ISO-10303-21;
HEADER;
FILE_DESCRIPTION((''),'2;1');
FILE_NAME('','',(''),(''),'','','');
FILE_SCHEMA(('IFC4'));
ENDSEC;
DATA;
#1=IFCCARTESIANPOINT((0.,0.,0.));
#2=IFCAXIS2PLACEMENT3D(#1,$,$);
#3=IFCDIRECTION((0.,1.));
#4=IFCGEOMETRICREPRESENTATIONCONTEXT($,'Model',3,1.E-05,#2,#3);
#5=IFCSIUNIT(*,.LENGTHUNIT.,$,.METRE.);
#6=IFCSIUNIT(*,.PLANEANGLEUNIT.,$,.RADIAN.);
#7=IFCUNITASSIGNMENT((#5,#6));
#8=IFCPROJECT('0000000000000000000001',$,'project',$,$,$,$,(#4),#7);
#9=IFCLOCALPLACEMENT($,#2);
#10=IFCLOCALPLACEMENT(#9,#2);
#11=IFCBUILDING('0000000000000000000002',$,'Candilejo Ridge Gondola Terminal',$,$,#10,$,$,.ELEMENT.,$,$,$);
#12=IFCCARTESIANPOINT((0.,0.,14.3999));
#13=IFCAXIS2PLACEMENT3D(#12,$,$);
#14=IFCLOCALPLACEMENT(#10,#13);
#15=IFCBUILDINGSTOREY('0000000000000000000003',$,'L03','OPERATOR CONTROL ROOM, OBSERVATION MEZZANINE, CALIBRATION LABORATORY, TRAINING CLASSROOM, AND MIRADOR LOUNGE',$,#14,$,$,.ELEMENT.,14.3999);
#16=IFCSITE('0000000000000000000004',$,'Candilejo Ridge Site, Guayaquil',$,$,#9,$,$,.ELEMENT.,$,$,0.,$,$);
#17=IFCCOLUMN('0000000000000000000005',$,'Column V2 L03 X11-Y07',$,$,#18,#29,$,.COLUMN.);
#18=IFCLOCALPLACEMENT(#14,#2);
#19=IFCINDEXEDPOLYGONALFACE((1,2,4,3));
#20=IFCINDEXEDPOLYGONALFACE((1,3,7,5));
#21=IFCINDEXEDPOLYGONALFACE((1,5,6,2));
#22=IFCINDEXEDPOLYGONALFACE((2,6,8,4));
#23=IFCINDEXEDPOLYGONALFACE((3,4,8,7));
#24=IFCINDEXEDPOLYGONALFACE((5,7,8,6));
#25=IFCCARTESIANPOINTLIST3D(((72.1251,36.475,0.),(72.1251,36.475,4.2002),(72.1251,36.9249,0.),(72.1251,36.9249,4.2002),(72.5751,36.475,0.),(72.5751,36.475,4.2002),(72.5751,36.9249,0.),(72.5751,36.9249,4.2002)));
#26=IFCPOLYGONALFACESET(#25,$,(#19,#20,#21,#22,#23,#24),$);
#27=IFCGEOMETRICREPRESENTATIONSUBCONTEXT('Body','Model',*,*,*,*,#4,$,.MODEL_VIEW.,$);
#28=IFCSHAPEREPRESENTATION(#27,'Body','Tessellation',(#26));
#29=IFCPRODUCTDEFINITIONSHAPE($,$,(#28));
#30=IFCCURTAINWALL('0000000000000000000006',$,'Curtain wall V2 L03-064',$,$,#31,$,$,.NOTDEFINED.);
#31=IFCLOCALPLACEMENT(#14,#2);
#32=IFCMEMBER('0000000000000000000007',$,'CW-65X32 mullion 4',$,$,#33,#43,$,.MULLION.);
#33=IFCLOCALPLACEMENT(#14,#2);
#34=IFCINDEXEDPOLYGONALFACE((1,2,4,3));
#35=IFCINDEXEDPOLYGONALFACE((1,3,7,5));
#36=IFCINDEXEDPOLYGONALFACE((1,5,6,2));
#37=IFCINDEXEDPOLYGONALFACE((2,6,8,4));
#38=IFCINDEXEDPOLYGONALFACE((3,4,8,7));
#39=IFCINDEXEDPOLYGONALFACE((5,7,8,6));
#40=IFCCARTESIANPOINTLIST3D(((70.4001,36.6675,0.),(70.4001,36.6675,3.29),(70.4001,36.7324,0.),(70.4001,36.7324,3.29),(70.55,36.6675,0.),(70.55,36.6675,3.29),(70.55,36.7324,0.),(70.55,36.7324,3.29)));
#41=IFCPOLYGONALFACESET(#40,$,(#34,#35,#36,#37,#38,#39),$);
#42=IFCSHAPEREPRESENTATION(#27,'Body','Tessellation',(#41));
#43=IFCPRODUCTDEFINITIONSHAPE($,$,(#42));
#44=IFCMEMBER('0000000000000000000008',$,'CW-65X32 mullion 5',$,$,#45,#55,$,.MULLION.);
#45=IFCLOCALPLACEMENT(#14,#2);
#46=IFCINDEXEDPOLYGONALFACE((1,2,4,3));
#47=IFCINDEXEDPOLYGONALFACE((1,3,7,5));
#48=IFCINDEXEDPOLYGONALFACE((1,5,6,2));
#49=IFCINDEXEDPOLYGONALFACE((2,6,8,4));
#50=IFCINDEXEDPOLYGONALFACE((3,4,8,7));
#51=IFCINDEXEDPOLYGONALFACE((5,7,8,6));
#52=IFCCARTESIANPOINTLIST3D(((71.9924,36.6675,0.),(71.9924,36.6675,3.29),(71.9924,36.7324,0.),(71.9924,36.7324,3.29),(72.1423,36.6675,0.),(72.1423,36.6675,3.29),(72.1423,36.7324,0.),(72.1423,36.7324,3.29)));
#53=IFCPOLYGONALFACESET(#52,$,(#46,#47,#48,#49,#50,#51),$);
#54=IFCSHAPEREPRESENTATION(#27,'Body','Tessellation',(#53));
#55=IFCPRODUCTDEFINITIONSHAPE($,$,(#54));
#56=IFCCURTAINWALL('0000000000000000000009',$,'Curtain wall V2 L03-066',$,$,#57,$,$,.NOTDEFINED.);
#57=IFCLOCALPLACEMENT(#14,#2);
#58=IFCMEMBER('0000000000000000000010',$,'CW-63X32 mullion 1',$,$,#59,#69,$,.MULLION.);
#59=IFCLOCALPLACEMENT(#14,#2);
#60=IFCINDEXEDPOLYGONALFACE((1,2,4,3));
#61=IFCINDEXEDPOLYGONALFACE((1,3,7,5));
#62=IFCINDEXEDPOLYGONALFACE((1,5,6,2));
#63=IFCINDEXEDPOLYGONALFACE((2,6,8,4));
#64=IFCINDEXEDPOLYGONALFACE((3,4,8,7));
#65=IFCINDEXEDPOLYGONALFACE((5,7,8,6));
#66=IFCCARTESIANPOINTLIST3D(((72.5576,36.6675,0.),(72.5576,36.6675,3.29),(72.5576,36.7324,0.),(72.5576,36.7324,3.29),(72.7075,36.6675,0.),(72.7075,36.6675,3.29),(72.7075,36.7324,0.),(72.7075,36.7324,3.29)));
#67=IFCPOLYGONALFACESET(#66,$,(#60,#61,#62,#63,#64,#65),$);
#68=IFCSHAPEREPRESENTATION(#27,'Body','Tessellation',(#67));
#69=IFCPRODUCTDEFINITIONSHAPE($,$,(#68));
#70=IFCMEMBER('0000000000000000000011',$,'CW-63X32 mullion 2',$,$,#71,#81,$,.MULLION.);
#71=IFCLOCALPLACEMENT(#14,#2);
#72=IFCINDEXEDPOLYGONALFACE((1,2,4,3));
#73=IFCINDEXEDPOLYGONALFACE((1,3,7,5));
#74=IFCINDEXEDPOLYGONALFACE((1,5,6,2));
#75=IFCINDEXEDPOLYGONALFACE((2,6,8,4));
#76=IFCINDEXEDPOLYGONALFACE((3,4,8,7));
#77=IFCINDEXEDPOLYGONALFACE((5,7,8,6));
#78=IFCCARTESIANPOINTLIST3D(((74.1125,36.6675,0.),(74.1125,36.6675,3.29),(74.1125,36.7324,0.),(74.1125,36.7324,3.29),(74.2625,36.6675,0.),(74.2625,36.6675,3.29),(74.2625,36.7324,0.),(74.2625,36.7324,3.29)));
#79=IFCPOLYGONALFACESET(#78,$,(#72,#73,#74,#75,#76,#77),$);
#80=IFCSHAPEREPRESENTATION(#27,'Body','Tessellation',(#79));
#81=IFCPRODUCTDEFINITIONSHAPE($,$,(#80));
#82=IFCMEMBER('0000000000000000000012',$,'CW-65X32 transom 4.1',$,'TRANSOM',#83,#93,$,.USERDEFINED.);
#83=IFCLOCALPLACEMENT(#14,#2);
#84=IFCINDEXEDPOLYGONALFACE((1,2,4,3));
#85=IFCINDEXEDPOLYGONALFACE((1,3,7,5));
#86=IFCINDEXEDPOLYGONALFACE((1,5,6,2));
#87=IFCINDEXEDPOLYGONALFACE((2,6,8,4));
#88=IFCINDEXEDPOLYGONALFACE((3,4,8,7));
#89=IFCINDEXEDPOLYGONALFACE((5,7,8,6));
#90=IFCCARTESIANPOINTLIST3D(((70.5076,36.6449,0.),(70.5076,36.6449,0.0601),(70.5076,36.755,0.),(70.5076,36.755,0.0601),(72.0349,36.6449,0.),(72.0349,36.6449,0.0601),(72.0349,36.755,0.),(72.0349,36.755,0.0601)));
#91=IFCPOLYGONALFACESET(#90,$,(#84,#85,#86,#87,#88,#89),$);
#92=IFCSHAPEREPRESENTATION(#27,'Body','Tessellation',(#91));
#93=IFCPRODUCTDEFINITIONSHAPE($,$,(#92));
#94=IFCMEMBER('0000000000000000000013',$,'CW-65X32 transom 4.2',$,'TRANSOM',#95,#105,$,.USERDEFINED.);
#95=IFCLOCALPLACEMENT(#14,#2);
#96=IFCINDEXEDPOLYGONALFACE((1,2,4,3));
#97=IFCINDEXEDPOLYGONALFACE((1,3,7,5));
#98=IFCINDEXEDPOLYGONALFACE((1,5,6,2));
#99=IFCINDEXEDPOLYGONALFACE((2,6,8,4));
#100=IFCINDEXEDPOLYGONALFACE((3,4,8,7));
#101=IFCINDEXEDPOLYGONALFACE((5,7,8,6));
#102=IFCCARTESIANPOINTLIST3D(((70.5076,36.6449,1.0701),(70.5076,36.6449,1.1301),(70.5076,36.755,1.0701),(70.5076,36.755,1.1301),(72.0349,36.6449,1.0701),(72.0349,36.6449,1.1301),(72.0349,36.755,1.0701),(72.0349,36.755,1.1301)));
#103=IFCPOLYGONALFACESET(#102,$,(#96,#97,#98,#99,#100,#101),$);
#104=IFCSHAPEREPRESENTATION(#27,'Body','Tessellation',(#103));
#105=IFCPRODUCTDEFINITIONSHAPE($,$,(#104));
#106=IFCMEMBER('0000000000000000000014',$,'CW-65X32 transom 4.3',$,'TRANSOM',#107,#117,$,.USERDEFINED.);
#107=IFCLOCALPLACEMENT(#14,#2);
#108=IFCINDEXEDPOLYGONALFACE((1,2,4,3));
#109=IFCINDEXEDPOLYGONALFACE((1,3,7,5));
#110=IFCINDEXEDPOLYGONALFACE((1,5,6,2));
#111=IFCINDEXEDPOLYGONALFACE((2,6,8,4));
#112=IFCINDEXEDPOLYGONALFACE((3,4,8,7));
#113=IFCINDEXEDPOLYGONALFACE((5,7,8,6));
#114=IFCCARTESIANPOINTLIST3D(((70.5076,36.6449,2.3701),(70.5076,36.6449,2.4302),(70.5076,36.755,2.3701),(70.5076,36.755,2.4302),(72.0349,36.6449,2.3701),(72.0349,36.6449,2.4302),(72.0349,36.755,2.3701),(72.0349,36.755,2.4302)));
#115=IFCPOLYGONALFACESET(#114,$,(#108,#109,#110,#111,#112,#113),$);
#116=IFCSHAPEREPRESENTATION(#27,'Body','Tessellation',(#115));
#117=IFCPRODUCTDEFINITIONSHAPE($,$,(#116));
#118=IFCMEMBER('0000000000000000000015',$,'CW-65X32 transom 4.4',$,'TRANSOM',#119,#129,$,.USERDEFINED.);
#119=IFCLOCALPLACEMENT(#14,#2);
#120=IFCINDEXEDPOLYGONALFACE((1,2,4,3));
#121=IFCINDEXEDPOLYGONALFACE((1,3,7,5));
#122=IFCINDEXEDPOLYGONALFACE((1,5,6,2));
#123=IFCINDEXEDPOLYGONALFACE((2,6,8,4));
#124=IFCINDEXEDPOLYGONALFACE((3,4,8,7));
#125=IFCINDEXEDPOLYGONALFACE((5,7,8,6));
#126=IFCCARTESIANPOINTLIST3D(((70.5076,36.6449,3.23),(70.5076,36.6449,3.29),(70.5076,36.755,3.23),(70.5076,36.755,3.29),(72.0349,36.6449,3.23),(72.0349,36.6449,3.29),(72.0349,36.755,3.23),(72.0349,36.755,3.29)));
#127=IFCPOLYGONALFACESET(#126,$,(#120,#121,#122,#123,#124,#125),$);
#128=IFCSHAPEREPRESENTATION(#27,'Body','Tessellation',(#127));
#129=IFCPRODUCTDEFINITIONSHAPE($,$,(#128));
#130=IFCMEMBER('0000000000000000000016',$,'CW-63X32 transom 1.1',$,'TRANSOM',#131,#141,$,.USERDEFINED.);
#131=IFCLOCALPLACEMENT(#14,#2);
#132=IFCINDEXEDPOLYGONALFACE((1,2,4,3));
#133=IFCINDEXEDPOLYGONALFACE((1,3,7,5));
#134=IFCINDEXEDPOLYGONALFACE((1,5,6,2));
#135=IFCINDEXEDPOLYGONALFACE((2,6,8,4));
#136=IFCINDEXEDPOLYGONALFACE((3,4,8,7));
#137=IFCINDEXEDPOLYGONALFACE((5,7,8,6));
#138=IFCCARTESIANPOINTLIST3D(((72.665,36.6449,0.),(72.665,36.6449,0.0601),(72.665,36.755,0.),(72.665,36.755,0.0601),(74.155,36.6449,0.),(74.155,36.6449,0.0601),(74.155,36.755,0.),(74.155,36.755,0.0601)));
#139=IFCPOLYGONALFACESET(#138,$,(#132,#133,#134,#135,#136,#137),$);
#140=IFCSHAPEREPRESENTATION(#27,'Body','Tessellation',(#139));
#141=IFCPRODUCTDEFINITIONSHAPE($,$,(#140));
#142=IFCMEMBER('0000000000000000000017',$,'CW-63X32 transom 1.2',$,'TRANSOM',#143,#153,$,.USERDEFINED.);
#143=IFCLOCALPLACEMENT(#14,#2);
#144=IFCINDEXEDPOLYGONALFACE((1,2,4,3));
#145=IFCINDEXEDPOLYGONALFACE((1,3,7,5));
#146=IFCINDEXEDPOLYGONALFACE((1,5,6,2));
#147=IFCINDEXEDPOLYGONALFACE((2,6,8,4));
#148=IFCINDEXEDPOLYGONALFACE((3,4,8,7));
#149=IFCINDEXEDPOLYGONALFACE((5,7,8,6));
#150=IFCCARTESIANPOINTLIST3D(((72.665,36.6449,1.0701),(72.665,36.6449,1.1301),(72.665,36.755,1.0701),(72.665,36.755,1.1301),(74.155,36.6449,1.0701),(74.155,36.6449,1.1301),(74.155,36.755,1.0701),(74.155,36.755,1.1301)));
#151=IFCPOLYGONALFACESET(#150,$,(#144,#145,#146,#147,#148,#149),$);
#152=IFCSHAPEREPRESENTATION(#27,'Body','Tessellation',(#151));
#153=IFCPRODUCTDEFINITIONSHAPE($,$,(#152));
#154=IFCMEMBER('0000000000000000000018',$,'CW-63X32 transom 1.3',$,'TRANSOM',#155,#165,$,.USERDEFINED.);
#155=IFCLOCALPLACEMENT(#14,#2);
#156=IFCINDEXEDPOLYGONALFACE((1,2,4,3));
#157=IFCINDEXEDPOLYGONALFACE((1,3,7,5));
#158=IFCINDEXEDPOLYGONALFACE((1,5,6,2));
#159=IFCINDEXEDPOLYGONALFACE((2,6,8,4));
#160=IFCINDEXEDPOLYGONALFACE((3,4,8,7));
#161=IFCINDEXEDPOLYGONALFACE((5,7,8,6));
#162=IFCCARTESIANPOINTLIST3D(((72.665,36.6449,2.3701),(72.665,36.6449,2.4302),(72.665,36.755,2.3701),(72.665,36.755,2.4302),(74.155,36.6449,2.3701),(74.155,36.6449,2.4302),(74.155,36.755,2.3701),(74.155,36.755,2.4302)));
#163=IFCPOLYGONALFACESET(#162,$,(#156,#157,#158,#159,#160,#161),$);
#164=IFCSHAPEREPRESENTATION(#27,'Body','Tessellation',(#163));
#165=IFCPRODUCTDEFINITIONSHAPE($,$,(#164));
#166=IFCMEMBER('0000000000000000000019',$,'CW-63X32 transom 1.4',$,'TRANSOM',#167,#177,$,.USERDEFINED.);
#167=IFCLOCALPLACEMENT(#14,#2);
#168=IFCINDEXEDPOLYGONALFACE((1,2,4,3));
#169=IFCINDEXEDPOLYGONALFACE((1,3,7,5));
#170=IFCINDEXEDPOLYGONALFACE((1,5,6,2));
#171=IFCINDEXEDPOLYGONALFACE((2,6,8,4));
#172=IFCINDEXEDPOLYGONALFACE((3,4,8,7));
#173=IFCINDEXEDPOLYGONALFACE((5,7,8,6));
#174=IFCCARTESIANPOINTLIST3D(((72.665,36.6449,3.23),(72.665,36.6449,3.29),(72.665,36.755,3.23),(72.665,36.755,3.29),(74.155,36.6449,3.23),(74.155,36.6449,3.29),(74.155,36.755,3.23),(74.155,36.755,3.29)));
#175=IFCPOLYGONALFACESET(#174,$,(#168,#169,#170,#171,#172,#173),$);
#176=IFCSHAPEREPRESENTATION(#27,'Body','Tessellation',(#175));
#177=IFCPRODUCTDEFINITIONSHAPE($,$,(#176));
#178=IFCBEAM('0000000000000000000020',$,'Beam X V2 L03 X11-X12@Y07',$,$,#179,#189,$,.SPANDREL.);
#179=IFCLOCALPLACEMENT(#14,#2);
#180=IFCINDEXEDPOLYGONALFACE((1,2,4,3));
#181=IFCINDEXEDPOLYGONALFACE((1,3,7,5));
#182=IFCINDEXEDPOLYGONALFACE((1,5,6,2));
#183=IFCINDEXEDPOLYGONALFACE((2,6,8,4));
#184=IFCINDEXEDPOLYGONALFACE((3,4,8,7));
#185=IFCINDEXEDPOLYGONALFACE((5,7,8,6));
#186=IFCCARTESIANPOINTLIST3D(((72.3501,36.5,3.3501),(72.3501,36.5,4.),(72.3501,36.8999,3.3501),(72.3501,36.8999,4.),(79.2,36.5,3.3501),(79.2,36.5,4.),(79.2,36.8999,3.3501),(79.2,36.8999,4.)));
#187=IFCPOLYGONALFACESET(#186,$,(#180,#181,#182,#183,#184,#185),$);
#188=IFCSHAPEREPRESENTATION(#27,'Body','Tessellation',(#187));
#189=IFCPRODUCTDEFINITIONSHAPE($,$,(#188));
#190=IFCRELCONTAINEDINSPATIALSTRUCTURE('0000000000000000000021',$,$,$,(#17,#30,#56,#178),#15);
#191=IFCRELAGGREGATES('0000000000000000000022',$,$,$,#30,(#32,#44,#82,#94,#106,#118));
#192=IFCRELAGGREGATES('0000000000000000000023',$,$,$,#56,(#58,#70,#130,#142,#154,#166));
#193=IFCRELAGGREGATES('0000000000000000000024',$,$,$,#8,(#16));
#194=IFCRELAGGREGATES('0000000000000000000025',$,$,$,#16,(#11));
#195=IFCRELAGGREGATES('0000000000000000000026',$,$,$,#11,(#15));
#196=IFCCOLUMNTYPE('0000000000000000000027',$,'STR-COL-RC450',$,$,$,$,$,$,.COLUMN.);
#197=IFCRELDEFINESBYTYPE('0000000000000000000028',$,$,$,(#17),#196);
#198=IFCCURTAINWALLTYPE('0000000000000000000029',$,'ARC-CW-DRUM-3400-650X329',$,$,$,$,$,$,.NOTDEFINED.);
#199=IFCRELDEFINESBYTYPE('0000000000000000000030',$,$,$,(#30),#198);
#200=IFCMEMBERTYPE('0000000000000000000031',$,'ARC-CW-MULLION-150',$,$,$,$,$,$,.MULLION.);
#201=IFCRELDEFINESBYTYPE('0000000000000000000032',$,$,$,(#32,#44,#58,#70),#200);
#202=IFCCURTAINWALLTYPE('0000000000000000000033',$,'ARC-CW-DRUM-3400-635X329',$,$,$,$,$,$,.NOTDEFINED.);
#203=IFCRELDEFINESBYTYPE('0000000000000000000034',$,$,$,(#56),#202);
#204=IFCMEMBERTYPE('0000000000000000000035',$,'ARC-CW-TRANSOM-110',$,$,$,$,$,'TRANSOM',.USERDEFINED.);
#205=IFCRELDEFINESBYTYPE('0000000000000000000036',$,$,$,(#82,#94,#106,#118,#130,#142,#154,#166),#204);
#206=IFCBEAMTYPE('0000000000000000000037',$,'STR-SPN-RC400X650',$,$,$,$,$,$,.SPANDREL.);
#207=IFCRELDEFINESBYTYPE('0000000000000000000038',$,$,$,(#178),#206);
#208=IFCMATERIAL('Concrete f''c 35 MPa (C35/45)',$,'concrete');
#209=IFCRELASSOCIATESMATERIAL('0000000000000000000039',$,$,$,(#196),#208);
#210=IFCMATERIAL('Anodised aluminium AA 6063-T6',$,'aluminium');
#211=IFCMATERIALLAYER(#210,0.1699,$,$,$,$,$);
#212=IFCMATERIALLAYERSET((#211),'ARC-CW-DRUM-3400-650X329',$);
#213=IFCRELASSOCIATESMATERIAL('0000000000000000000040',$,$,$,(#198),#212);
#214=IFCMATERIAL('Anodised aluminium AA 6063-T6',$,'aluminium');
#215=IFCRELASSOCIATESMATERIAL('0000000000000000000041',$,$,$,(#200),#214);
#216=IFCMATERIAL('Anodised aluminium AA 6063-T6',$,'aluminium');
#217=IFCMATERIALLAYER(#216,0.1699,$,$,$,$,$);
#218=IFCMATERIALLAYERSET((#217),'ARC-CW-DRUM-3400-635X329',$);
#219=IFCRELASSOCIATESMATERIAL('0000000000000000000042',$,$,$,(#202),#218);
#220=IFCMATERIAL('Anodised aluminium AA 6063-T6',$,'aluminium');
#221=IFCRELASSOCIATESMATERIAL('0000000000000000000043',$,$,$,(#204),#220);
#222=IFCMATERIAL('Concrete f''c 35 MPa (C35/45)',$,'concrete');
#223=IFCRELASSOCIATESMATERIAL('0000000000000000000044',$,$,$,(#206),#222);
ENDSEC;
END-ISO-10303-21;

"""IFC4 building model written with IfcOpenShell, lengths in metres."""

from ifc_helpers import new_model, si_unit, direction, frame, origin, origin_2d, place, context, subcontext, project, spatial, rectangle, extrude, material, layer, layer_set, material_profile, profile_set, type_object, element, aggregate, save


model = new_model("IFC4")

# Units and contexts
model_context = context("Model", 3, precision=1e-05, world=origin(), true_north=direction((0.0, 1.0)))
body_context = subcontext(model_context, "Body", "Model", "MODEL_VIEW")
ifc_project = project(units=[si_unit("LENGTHUNIT", "METRE"), si_unit("PLANEANGLEUNIT", "RADIAN")], contexts=[model_context])

# Site, building, storey
site_placement = place(None, origin())
site = spatial("IfcSite", under=ifc_project, at=site_placement, Name="Candilejo Ridge Site, Guayaquil", CompositionType="ELEMENT", RefElevation=0.0)
building_placement = place(site_placement, origin())
building = spatial("IfcBuilding", under=site, at=building_placement, Name="Candilejo Ridge Gondola Terminal", CompositionType="ELEMENT")
storey_placement = place(building_placement, frame((0.0, 0.0, 14.3999)))
storey = spatial("IfcBuildingStorey", under=building, at=storey_placement, Name="L03", Description="OPERATOR CONTROL ROOM, OBSERVATION MEZZANINE, CALIBRATION LABORATORY, TRAINING CLASSROOM, AND MIRADOR LOUNGE", CompositionType="ELEMENT", Elevation=14.3999)

# Column
ifc_material_1 = material(Name="Concrete f'c 35 MPa (C35/45)", Category="concrete")
ifc_material_profile_1 = material_profile(ifc_material_1, rectangle(XDim=0.45, YDim=0.45, at=origin_2d()))
ifc_profile_set_1 = profile_set([ifc_material_profile_1], Name="Concrete f'c 35 MPa (C35/45)")
column_type = type_object("IfcColumnType", Name="STR-COL-RC450", PredefinedType="COLUMN", material=ifc_profile_set_1)
column_placement = place(storey_placement, frame((72.3501, 36.7, 0.0), z_axis=(0.0, 0.0, 1.0), x_axis=(1.0, 0.0, 0.0)))
element("IfcColumn", 1, at=column_placement, inside=storey, type_object=column_type, Name="Column V2 L03 X11-Y07", PredefinedType="COLUMN", context=body_context, shape_type="SweptSolid", body=[
    extrude(rectangle(XDim=0.45, YDim=0.45, at=origin_2d()), origin(), (0.0, 0.0, 1.0), 4.2002),
])

# Curtain walls, members
ifc_material_2 = material(Name="Anodised aluminium AA 6063-T6", Category="aluminium")
ifc_layer_1 = layer(ifc_material_2, 0.1699)
ifc_layer_set_1 = layer_set([ifc_layer_1], Name="ARC-CW-DRUM-3400-650X329")
curtain_wall_type_1 = type_object("IfcCurtainWallType", Name="ARC-CW-DRUM-3400-650X329", PredefinedType="NOTDEFINED", material=ifc_layer_set_1)
curtain_wall_1_placement = place(storey_placement, origin())
curtain_wall_1 = element("IfcCurtainWall", 2, at=curtain_wall_1_placement, inside=storey, type_object=curtain_wall_type_1, Name="Curtain wall V2 L03-064", PredefinedType="NOTDEFINED")
ifc_material_3 = material(Name="Anodised aluminium AA 6063-T6", Category="aluminium")
ifc_material_profile_2 = material_profile(ifc_material_3, rectangle(XDim=0.0649, YDim=0.1499, at=origin_2d()))
ifc_profile_set_2 = profile_set([ifc_material_profile_2], Name="Anodised aluminium AA 6063-T6")
member_type_1 = type_object("IfcMemberType", Name="ARC-CW-MULLION-150", PredefinedType="MULLION", material=ifc_profile_set_2)
member_1_placement = place(storey_placement, frame((70.4751, 36.7, 0.0), z_axis=(0.0, 0.0, 1.0), x_axis=(0.0, 1.0, 0.0)))
member_1 = element("IfcMember", 3, at=member_1_placement, type_object=member_type_1, Name="CW-65X32 mullion 4", PredefinedType="MULLION", context=body_context, shape_type="SweptSolid", body=[
    extrude(rectangle(XDim=0.0649, YDim=0.1499, at=origin_2d()), origin(), (0.0, 0.0, 1.0), 3.29),
])
member_2_placement = place(storey_placement, frame((72.0674, 36.7, 0.0), z_axis=(0.0, 0.0, 1.0), x_axis=(0.0, 1.0, 0.0)))
member_2 = element("IfcMember", 4, at=member_2_placement, type_object=member_type_1, Name="CW-65X32 mullion 5", PredefinedType="MULLION", context=body_context, shape_type="SweptSolid", body=[
    extrude(rectangle(XDim=0.0649, YDim=0.1499, at=origin_2d()), origin(), (0.0, 0.0, 1.0), 3.29),
])
ifc_material_4 = material(Name="Anodised aluminium AA 6063-T6", Category="aluminium")
ifc_layer_2 = layer(ifc_material_4, 0.1699)
ifc_layer_set_2 = layer_set([ifc_layer_2], Name="ARC-CW-DRUM-3400-635X329")
curtain_wall_type_2 = type_object("IfcCurtainWallType", Name="ARC-CW-DRUM-3400-635X329", PredefinedType="NOTDEFINED", material=ifc_layer_set_2)
curtain_wall_2_placement = place(storey_placement, origin())
curtain_wall_2 = element("IfcCurtainWall", 5, at=curtain_wall_2_placement, inside=storey, type_object=curtain_wall_type_2, Name="Curtain wall V2 L03-066", PredefinedType="NOTDEFINED")
member_3_placement = place(storey_placement, frame((72.6326, 36.7, 0.0), z_axis=(0.0, 0.0, 1.0), x_axis=(0.0, 1.0, 0.0)))
member_3 = element("IfcMember", 6, at=member_3_placement, type_object=member_type_1, Name="CW-63X32 mullion 1", PredefinedType="MULLION", context=body_context, shape_type="SweptSolid", body=[
    extrude(rectangle(XDim=0.0649, YDim=0.1499, at=origin_2d()), origin(), (0.0, 0.0, 1.0), 3.29),
])
member_4_placement = place(storey_placement, frame((74.1875, 36.7, 0.0), z_axis=(0.0, 0.0, 1.0), x_axis=(0.0, 1.0, 0.0)))
member_4 = element("IfcMember", 7, at=member_4_placement, type_object=member_type_1, Name="CW-63X32 mullion 2", PredefinedType="MULLION", context=body_context, shape_type="SweptSolid", body=[
    extrude(rectangle(XDim=0.0649, YDim=0.1499, at=origin_2d()), origin(), (0.0, 0.0, 1.0), 3.29),
])

# Members
ifc_material_5 = material(Name="Anodised aluminium AA 6063-T6", Category="aluminium")
ifc_material_profile_3 = material_profile(ifc_material_5, rectangle(XDim=0.1101, YDim=0.0601, at=origin_2d()))
ifc_profile_set_3 = profile_set([ifc_material_profile_3], Name="Anodised aluminium AA 6063-T6")
member_type_2 = type_object("IfcMemberType", Name="ARC-CW-TRANSOM-110", ElementType="TRANSOM", PredefinedType="USERDEFINED", material=ifc_profile_set_3)
member_5_placement = place(storey_placement, frame((70.5076, 36.7, 0.03), z_axis=(1.0, 0.0, 0.0), x_axis=(0.0, 1.0, 0.0)))
member_5 = element("IfcMember", 8, at=member_5_placement, type_object=member_type_2, Name="CW-65X32 transom 4.1", ObjectType="TRANSOM", PredefinedType="USERDEFINED", context=body_context, shape_type="SweptSolid", body=[
    extrude(rectangle(XDim=0.1101, YDim=0.0601, at=origin_2d()), origin(), (0.0, 0.0, 1.0), 1.5273),
])
member_6_placement = place(storey_placement, frame((70.5076, 36.7, 1.1001), z_axis=(1.0, 0.0, 0.0), x_axis=(0.0, 1.0, 0.0)))
member_6 = element("IfcMember", 9, at=member_6_placement, type_object=member_type_2, Name="CW-65X32 transom 4.2", ObjectType="TRANSOM", PredefinedType="USERDEFINED", context=body_context, shape_type="SweptSolid", body=[
    extrude(rectangle(XDim=0.1101, YDim=0.0601, at=origin_2d()), origin(), (0.0, 0.0, 1.0), 1.5273),
])
member_7_placement = place(storey_placement, frame((70.5076, 36.7, 2.4001), z_axis=(1.0, 0.0, 0.0), x_axis=(0.0, 1.0, 0.0)))
member_7 = element("IfcMember", 10, at=member_7_placement, type_object=member_type_2, Name="CW-65X32 transom 4.3", ObjectType="TRANSOM", PredefinedType="USERDEFINED", context=body_context, shape_type="SweptSolid", body=[
    extrude(rectangle(XDim=0.1101, YDim=0.0601, at=origin_2d()), origin(), (0.0, 0.0, 1.0), 1.5273),
])
member_8_placement = place(storey_placement, frame((70.5076, 36.7, 3.26), z_axis=(1.0, 0.0, 0.0), x_axis=(0.0, 1.0, 0.0)))
member_8 = element("IfcMember", 11, at=member_8_placement, type_object=member_type_2, Name="CW-65X32 transom 4.4", ObjectType="TRANSOM", PredefinedType="USERDEFINED", context=body_context, shape_type="SweptSolid", body=[
    extrude(rectangle(XDim=0.1101, YDim=0.0601, at=origin_2d()), origin(), (0.0, 0.0, 1.0), 1.5273),
])
member_9_placement = place(storey_placement, frame((72.665, 36.7, 0.03), z_axis=(1.0, 0.0, 0.0), x_axis=(0.0, 1.0, 0.0)))
member_9 = element("IfcMember", 12, at=member_9_placement, type_object=member_type_2, Name="CW-63X32 transom 1.1", ObjectType="TRANSOM", PredefinedType="USERDEFINED", context=body_context, shape_type="SweptSolid", body=[
    extrude(rectangle(XDim=0.1101, YDim=0.0601, at=origin_2d()), origin(), (0.0, 0.0, 1.0), 1.49),
])
member_10_placement = place(storey_placement, frame((72.665, 36.7, 1.1001), z_axis=(1.0, 0.0, 0.0), x_axis=(0.0, 1.0, 0.0)))
member_10 = element("IfcMember", 13, at=member_10_placement, type_object=member_type_2, Name="CW-63X32 transom 1.2", ObjectType="TRANSOM", PredefinedType="USERDEFINED", context=body_context, shape_type="SweptSolid", body=[
    extrude(rectangle(XDim=0.1101, YDim=0.0601, at=origin_2d()), origin(), (0.0, 0.0, 1.0), 1.49),
])
member_11_placement = place(storey_placement, frame((72.665, 36.7, 2.4001), z_axis=(1.0, 0.0, 0.0), x_axis=(0.0, 1.0, 0.0)))
member_11 = element("IfcMember", 14, at=member_11_placement, type_object=member_type_2, Name="CW-63X32 transom 1.3", ObjectType="TRANSOM", PredefinedType="USERDEFINED", context=body_context, shape_type="SweptSolid", body=[
    extrude(rectangle(XDim=0.1101, YDim=0.0601, at=origin_2d()), origin(), (0.0, 0.0, 1.0), 1.49),
])
member_12_placement = place(storey_placement, frame((72.665, 36.7, 3.26), z_axis=(1.0, 0.0, 0.0), x_axis=(0.0, 1.0, 0.0)))
member_12 = element("IfcMember", 15, at=member_12_placement, type_object=member_type_2, Name="CW-63X32 transom 1.4", ObjectType="TRANSOM", PredefinedType="USERDEFINED", context=body_context, shape_type="SweptSolid", body=[
    extrude(rectangle(XDim=0.1101, YDim=0.0601, at=origin_2d()), origin(), (0.0, 0.0, 1.0), 1.49),
])

# Beam
ifc_material_6 = material(Name="Concrete f'c 35 MPa (C35/45)", Category="concrete")
ifc_material_profile_4 = material_profile(ifc_material_6, rectangle(XDim=0.3999, YDim=0.6499, at=origin_2d()))
ifc_profile_set_4 = profile_set([ifc_material_profile_4], Name="Concrete f'c 35 MPa (C35/45)")
beam_type = type_object("IfcBeamType", Name="STR-SPN-RC400X650", PredefinedType="SPANDREL", material=ifc_profile_set_4)
beam_placement = place(storey_placement, frame((72.3501, 36.7, 3.675), z_axis=(1.0, 0.0, 0.0), x_axis=(0.0, 1.0, 0.0)))
element("IfcBeam", 16, at=beam_placement, inside=storey, type_object=beam_type, Name="Beam X V2 L03 X11-X12@Y07", PredefinedType="SPANDREL", context=body_context, shape_type="SweptSolid", body=[
    extrude(rectangle(XDim=0.3999, YDim=0.6499, at=origin_2d()), origin(), (0.0, 0.0, 1.0), 6.8499),
])

aggregate(curtain_wall_1, [member_1, member_2, member_5, member_6, member_7, member_8])
aggregate(curtain_wall_2, [member_3, member_4, member_9, member_10, member_11, member_12])

save(model, "model.ifc")
